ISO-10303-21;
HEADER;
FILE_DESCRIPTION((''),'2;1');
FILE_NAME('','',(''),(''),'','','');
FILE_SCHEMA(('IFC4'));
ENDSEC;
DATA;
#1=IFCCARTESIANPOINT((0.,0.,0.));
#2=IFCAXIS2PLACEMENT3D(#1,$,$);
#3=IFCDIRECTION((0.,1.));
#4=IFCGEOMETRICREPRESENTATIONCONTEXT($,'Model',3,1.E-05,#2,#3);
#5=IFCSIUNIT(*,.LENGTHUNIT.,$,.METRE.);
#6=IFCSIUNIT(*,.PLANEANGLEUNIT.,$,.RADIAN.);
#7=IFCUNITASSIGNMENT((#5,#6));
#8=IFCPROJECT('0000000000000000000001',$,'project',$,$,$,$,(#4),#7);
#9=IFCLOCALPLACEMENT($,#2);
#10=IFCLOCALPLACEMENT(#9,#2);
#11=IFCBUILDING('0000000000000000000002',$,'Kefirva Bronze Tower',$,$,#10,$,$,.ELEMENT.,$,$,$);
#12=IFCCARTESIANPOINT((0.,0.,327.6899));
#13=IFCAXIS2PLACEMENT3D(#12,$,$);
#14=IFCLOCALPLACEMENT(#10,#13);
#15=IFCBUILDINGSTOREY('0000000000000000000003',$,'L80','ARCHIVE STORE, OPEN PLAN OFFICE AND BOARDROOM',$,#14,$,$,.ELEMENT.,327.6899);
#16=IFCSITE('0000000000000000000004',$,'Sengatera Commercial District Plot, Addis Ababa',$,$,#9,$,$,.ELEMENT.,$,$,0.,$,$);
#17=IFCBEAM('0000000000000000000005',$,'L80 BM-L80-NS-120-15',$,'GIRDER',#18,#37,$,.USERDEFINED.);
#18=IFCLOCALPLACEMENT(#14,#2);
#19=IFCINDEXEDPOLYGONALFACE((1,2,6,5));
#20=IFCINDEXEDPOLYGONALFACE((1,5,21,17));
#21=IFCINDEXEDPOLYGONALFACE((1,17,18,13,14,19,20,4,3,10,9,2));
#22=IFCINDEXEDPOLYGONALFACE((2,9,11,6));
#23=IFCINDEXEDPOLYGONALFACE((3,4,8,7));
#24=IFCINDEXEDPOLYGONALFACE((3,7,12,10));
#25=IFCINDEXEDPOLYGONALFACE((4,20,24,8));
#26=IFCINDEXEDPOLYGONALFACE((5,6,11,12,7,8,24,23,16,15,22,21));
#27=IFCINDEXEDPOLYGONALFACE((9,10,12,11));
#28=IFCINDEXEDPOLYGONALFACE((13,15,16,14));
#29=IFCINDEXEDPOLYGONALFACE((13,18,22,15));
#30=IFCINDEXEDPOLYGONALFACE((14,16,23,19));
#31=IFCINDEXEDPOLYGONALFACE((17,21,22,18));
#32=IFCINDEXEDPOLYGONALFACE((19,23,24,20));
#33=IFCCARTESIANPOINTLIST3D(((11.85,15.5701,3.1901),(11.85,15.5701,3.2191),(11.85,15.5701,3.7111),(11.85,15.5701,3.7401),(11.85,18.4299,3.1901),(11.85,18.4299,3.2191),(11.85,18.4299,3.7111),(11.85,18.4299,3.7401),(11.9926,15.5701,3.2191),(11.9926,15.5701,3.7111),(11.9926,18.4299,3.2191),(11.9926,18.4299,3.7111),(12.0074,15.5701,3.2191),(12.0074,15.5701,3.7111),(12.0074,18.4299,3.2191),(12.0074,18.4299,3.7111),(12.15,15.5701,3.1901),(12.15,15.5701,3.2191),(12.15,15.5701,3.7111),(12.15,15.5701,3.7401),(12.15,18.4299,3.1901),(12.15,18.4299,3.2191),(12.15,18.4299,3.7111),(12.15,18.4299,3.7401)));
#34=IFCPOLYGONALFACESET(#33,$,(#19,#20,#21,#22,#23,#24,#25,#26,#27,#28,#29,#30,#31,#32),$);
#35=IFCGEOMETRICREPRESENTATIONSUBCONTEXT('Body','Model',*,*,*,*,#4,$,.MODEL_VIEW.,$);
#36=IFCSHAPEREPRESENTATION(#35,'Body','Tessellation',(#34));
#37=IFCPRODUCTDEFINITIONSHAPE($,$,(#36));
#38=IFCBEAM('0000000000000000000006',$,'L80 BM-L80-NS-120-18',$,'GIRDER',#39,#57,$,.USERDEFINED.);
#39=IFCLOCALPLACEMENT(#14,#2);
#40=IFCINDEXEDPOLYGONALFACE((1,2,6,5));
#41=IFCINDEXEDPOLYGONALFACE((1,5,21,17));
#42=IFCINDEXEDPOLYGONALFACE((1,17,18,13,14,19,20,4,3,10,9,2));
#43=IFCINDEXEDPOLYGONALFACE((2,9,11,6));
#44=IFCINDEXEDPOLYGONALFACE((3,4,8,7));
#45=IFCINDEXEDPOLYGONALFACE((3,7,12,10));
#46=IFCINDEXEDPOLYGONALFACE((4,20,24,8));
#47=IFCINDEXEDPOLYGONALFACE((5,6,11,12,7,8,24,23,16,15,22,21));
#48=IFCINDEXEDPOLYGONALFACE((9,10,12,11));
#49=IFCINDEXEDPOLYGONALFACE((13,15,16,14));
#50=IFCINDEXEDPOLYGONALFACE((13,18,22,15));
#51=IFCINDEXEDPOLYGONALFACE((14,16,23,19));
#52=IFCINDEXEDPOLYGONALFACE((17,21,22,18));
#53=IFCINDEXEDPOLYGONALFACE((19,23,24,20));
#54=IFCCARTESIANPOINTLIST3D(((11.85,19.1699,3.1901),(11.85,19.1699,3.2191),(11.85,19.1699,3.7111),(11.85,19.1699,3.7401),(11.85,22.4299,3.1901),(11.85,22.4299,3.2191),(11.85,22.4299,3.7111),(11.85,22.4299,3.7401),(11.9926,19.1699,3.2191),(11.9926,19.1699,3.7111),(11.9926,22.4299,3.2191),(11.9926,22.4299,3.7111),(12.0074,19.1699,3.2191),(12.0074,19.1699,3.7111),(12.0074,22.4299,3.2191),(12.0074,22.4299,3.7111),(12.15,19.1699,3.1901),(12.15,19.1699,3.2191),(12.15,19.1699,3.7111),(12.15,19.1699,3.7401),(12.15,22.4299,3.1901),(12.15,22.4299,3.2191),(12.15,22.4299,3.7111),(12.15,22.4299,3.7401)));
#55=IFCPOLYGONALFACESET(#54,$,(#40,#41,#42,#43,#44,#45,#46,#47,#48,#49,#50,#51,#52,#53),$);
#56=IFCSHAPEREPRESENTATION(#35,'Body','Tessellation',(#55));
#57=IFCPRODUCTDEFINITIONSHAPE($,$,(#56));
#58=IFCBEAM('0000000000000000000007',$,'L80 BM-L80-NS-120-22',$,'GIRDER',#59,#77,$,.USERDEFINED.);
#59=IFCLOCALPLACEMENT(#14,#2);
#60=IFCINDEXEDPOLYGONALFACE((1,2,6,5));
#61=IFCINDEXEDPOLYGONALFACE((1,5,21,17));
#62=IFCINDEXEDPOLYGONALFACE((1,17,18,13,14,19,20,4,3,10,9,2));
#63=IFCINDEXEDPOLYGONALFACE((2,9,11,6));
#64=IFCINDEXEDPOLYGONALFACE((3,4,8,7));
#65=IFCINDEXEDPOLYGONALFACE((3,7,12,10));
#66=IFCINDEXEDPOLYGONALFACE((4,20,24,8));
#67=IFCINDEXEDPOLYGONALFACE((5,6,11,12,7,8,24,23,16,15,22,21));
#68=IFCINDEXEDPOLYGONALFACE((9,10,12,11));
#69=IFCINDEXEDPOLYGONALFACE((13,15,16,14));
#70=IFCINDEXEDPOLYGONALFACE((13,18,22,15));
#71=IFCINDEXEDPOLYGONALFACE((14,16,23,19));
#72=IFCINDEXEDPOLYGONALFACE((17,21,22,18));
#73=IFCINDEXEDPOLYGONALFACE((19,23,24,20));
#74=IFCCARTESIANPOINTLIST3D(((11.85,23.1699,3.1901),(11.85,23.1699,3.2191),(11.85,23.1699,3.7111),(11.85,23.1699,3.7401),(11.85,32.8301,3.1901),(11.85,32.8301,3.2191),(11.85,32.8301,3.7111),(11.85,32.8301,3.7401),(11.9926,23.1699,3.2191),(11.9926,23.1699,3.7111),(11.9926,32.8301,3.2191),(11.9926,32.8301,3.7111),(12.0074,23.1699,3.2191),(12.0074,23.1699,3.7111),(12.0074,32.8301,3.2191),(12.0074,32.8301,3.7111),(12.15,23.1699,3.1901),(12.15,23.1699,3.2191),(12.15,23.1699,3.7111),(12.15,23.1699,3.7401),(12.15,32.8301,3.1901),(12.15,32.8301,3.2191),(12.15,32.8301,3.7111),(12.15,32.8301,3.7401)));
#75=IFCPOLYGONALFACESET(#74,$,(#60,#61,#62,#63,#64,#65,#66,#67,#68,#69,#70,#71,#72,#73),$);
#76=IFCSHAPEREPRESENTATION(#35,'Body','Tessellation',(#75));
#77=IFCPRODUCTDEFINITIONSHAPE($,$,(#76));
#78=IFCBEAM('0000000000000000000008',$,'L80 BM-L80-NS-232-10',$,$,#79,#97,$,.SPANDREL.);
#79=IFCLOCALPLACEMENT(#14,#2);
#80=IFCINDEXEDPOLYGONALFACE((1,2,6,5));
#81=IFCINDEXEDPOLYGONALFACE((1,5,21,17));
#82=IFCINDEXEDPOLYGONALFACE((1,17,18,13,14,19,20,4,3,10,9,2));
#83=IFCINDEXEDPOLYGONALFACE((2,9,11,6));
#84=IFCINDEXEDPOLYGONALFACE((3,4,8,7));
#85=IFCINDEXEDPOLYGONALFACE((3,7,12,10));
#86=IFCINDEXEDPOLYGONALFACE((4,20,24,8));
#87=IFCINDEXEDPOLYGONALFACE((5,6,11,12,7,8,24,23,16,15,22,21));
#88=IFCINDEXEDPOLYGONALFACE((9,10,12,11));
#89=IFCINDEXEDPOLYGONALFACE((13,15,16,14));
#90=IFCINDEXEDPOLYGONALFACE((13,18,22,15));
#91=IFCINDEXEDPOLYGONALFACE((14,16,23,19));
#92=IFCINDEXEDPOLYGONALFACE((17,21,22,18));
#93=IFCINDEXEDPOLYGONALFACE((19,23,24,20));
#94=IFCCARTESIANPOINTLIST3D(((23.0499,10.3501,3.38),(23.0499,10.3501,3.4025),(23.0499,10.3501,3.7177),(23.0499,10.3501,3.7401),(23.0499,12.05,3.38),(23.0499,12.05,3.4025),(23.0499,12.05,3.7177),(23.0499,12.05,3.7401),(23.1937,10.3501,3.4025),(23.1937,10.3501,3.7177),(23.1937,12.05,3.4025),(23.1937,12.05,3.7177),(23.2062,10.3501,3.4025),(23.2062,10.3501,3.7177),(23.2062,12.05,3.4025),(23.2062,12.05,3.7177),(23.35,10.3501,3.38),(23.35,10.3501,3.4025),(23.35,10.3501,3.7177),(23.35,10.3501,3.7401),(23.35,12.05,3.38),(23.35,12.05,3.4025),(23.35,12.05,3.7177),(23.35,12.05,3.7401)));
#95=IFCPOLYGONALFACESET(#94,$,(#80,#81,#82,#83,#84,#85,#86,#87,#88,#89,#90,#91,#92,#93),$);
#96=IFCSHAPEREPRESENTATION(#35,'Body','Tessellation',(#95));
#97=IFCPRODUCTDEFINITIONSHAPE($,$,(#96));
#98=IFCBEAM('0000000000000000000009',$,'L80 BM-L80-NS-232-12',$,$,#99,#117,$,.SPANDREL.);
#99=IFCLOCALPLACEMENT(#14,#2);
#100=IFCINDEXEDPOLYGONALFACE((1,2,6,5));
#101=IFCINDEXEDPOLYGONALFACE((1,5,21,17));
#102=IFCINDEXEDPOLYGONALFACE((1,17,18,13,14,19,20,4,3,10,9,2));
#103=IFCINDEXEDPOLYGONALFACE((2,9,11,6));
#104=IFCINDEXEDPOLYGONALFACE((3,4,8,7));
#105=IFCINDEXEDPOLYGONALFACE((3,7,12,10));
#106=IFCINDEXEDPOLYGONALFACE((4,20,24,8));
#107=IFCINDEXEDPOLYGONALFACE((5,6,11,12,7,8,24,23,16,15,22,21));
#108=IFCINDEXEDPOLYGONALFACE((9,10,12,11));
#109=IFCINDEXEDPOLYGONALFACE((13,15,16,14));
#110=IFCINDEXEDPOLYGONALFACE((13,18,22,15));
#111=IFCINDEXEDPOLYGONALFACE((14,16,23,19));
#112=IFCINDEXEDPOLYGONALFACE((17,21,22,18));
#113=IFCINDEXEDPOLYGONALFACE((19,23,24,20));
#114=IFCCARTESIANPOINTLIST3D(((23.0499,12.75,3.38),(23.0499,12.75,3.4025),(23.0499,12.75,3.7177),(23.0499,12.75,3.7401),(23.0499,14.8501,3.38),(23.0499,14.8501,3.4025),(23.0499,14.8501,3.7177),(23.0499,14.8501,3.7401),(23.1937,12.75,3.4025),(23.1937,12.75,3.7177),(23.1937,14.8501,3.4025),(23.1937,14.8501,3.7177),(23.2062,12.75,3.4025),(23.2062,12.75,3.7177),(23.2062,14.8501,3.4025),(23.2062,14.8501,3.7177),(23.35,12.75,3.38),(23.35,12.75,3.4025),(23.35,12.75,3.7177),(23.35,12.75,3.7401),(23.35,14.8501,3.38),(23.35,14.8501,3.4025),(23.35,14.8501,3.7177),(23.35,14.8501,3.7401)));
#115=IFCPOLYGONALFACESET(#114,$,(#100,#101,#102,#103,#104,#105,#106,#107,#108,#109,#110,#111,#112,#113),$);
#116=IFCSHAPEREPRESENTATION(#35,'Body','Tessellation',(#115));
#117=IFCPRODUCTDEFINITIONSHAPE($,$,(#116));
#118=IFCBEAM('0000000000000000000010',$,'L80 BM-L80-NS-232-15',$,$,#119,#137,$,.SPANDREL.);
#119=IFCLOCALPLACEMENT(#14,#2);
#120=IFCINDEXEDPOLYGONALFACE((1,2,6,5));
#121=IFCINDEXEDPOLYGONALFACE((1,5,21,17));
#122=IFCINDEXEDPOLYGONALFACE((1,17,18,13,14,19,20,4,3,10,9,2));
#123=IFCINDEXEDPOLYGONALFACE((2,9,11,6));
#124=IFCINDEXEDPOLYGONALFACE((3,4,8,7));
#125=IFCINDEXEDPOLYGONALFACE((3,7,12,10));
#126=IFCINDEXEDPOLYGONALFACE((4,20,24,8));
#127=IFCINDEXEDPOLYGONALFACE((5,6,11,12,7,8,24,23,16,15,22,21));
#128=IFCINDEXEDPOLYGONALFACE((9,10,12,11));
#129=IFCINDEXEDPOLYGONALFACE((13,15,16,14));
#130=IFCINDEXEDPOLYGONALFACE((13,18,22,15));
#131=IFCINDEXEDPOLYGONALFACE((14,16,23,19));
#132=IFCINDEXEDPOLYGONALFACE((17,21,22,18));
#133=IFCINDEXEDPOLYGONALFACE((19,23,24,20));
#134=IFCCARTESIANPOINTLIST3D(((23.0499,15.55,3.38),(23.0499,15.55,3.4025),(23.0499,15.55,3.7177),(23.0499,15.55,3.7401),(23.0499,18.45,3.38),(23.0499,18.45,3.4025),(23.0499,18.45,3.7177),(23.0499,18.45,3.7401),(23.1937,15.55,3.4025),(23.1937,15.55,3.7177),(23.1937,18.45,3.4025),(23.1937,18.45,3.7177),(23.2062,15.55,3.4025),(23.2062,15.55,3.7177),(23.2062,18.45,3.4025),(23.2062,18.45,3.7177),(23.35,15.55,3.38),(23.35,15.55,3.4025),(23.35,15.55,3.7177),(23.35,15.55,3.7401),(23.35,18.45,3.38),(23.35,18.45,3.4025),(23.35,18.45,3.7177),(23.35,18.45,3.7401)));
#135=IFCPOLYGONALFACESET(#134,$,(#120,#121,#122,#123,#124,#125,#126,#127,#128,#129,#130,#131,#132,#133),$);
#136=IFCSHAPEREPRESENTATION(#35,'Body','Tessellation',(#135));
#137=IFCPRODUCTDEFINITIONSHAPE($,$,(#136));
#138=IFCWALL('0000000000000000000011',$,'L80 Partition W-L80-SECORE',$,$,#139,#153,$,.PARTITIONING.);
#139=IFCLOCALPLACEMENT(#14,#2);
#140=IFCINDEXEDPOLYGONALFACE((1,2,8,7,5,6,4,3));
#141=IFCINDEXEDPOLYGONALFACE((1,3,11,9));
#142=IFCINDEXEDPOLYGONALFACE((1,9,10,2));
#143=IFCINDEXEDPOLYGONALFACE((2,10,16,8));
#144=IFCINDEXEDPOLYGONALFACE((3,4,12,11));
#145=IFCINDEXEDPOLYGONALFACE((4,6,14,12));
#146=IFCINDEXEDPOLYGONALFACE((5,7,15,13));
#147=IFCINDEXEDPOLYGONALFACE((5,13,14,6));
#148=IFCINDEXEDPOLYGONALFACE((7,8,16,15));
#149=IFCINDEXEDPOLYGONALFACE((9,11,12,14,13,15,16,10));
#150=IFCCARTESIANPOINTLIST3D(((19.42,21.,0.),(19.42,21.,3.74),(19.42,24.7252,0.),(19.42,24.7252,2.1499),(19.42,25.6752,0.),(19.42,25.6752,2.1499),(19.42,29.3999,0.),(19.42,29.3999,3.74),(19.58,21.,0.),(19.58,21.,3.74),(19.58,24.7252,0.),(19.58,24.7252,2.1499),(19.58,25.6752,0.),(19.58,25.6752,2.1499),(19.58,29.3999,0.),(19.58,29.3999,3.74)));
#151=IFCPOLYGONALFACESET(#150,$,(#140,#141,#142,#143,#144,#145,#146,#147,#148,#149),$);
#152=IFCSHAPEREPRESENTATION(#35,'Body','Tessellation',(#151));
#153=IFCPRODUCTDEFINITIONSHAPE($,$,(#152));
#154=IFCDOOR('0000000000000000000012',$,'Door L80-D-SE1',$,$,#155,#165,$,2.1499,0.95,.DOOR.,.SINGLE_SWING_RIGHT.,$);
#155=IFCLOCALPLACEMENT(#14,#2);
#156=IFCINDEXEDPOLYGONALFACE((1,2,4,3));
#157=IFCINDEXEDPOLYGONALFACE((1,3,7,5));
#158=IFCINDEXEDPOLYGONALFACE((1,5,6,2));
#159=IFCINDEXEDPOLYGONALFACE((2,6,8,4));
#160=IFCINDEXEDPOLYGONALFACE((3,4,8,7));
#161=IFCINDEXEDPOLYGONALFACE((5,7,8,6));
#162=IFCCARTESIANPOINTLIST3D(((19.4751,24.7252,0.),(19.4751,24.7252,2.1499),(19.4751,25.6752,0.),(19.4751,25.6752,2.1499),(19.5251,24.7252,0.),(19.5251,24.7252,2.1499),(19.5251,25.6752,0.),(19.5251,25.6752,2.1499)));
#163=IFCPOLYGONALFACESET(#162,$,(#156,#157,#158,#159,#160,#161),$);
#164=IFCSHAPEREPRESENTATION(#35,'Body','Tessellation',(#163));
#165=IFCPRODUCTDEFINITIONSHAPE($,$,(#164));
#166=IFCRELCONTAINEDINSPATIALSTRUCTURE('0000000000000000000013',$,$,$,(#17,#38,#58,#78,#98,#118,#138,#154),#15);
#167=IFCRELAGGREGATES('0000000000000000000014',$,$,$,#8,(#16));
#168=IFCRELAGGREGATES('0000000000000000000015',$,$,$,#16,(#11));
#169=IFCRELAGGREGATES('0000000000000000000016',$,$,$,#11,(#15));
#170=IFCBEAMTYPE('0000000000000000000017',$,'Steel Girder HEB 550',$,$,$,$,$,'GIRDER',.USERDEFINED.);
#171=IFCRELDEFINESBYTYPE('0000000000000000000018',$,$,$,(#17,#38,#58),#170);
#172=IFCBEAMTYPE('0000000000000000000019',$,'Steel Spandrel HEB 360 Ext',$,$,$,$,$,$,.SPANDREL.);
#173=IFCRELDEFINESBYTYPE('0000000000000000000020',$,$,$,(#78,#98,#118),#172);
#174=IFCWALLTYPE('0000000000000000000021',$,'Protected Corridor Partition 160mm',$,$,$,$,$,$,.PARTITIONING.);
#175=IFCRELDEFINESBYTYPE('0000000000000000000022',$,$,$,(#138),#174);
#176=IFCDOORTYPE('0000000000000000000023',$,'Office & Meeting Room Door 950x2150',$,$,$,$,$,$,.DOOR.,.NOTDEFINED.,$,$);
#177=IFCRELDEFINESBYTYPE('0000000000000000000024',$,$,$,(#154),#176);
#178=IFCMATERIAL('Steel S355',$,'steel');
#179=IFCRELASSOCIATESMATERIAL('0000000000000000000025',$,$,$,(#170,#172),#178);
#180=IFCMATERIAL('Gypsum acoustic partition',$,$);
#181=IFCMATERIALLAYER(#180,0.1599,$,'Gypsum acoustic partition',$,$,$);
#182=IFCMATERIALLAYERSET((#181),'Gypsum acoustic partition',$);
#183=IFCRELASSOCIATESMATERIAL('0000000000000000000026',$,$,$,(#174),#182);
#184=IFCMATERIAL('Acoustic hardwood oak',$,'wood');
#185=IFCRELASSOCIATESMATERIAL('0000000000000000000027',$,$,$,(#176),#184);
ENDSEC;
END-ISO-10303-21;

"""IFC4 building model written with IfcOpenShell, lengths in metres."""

from ifc_helpers import new_model, si_unit, direction, frame, frame_2d, origin, origin_2d, place, context, subcontext, project, spatial, rectangle, i_section, extrude, material, layer, layer_set, material_profile, profile_set, type_object, element, fill, save


model = new_model("IFC4")

# Units and contexts
model_context = context("Model", 3, precision=1e-05, world=origin(), true_north=direction((0.0, 1.0)))
body_context = subcontext(model_context, "Body", "Model", "MODEL_VIEW")
ifc_project = project(units=[si_unit("LENGTHUNIT", "METRE"), si_unit("PLANEANGLEUNIT", "RADIAN")], contexts=[model_context])

# Site, building, storey
site_placement = place(None, origin())
site = spatial("IfcSite", under=ifc_project, at=site_placement, Name="Sengatera Commercial District Plot, Addis Ababa", CompositionType="ELEMENT", RefElevation=0.0)
building_placement = place(site_placement, origin())
building = spatial("IfcBuilding", under=site, at=building_placement, Name="Kefirva Bronze Tower", CompositionType="ELEMENT")
storey_placement = place(building_placement, frame((0.0, 0.0, 327.6899)))
storey = spatial("IfcBuildingStorey", under=building, at=storey_placement, Name="L80", Description="ARCHIVE STORE, OPEN PLAN OFFICE AND BOARDROOM", CompositionType="ELEMENT", Elevation=327.6899)

# Beams
ifc_material_1 = material(Name="Steel S355", Category="steel")
ifc_material_profile_1 = material_profile(ifc_material_1, i_section(OverallWidth=0.3, OverallDepth=0.55, WebThickness=0.0149, FlangeThickness=0.0291, at=origin_2d()), Name="HEB 550")
ifc_profile_set_1 = profile_set([ifc_material_profile_1], Name="Steel S355")
beam_type_1 = type_object("IfcBeamType", Name="Steel Girder HEB 550", ElementType="GIRDER", PredefinedType="USERDEFINED", material=ifc_profile_set_1)
beam_1_placement = place(storey_placement, frame((12.0, 15.5701, 3.4651), z_axis=(0.0, 1.0, 0.0), x_axis=(-1.0, 0.0, 0.0)))
element("IfcBeam", 1, at=beam_1_placement, inside=storey, type_object=beam_type_1, Name="L80 BM-L80-NS-120-15", ObjectType="GIRDER", PredefinedType="USERDEFINED", context=body_context, shape_type="SweptSolid", body=[
    extrude(i_section(OverallWidth=0.3, OverallDepth=0.55, WebThickness=0.0149, FlangeThickness=0.0291, at=origin_2d()), origin(), (0.0, 0.0, 1.0), 2.8599),
])
beam_2_placement = place(storey_placement, frame((12.0, 19.1699, 3.4651), z_axis=(0.0, 1.0, 0.0), x_axis=(-1.0, 0.0, 0.0)))
element("IfcBeam", 2, at=beam_2_placement, inside=storey, type_object=beam_type_1, Name="L80 BM-L80-NS-120-18", ObjectType="GIRDER", PredefinedType="USERDEFINED", context=body_context, shape_type="SweptSolid", body=[
    extrude(i_section(OverallWidth=0.3, OverallDepth=0.55, WebThickness=0.0149, FlangeThickness=0.0291, at=origin_2d()), origin(), (0.0, 0.0, 1.0), 3.26),
])
beam_3_placement = place(storey_placement, frame((12.0, 23.1699, 3.4651), z_axis=(0.0, 1.0, 0.0), x_axis=(-1.0, 0.0, 0.0)))
element("IfcBeam", 3, at=beam_3_placement, inside=storey, type_object=beam_type_1, Name="L80 BM-L80-NS-120-22", ObjectType="GIRDER", PredefinedType="USERDEFINED", context=body_context, shape_type="SweptSolid", body=[
    extrude(i_section(OverallWidth=0.3, OverallDepth=0.55, WebThickness=0.0149, FlangeThickness=0.0291, at=origin_2d()), origin(), (0.0, 0.0, 1.0), 9.6602),
])
ifc_material_profile_2 = material_profile(ifc_material_1, i_section(OverallWidth=0.3, OverallDepth=0.3601, WebThickness=0.0125, FlangeThickness=0.0225, at=origin_2d()), Name="HEB 360")
ifc_profile_set_2 = profile_set([ifc_material_profile_2], Name="Steel S355")
beam_type_2 = type_object("IfcBeamType", Name="Steel Spandrel HEB 360 Ext", PredefinedType="SPANDREL", material=ifc_profile_set_2)
beam_4_placement = place(storey_placement, frame((23.2, 10.3501, 3.5601), z_axis=(0.0, 1.0, 0.0), x_axis=(-1.0, 0.0, 0.0)))
element("IfcBeam", 4, at=beam_4_placement, inside=storey, type_object=beam_type_2, Name="L80 BM-L80-NS-232-10", PredefinedType="SPANDREL", context=body_context, shape_type="SweptSolid", body=[
    extrude(i_section(OverallWidth=0.3, OverallDepth=0.3601, WebThickness=0.0125, FlangeThickness=0.0225, at=origin_2d()), origin(), (0.0, 0.0, 1.0), 1.7),
])
beam_5_placement = place(storey_placement, frame((23.2, 12.75, 3.5601), z_axis=(0.0, 1.0, 0.0), x_axis=(-1.0, 0.0, 0.0)))
element("IfcBeam", 5, at=beam_5_placement, inside=storey, type_object=beam_type_2, Name="L80 BM-L80-NS-232-12", PredefinedType="SPANDREL", context=body_context, shape_type="SweptSolid", body=[
    extrude(i_section(OverallWidth=0.3, OverallDepth=0.3601, WebThickness=0.0125, FlangeThickness=0.0225, at=origin_2d()), origin(), (0.0, 0.0, 1.0), 2.1001),
])
beam_6_placement = place(storey_placement, frame((23.2, 15.55, 3.5601), z_axis=(0.0, 1.0, 0.0), x_axis=(-1.0, 0.0, 0.0)))
element("IfcBeam", 6, at=beam_6_placement, inside=storey, type_object=beam_type_2, Name="L80 BM-L80-NS-232-15", PredefinedType="SPANDREL", context=body_context, shape_type="SweptSolid", body=[
    extrude(i_section(OverallWidth=0.3, OverallDepth=0.3601, WebThickness=0.0125, FlangeThickness=0.0225, at=origin_2d()), origin(), (0.0, 0.0, 1.0), 2.8999),
])

# Shared definitions
ifc_material_2 = material(Name="Gypsum acoustic partition")
ifc_layer = layer(ifc_material_2, 0.1599, Name="Gypsum acoustic partition")
ifc_layer_set = layer_set([ifc_layer], Name="Gypsum acoustic partition")
wall_type = type_object("IfcWallType", Name="Protected Corridor Partition 160mm", PredefinedType="PARTITIONING", material=ifc_layer_set)
ifc_material_3 = material(Name="Acoustic hardwood oak", Category="wood")
door_type = type_object("IfcDoorType", Name="Office & Meeting Room Door 950x2150", OperationType="NOTDEFINED", PredefinedType="DOOR", material=ifc_material_3)

# Wall, opening, door
wall_1_placement = place(storey_placement, frame((19.5, 21.0, 0.0), z_axis=(0.0, 0.0, 1.0), x_axis=(0.0, 1.0, 0.0)))
wall_1 = element("IfcWall", 7, at=wall_1_placement, inside=storey, type_object=wall_type, Name="L80 Partition W-L80-SECORE", PredefinedType="PARTITIONING", context=body_context, shape_type="SweptSolid", body=[
    extrude(rectangle(XDim=8.3999, YDim=0.1599, at=frame_2d((4.2, 0.0))), origin(), (0.0, 0.0, 1.0), 3.74),
])
opening_1_placement = place(wall_1_placement, frame((3.7251, 0.0, 0.0)))
opening_1 = element("IfcOpeningElement", 8, at=opening_1_placement, cuts=wall_1, PredefinedType="OPENING", context=body_context, shape_type="SweptSolid", body=[
    extrude(rectangle(XDim=0.95, YDim=2.1499, at=frame_2d((0.4751, 1.075))), frame((0.0, 0.0898, 0.0), z_axis=(0.0, -1.0, 0.0), x_axis=(1.0, 0.0, 0.0)), (0.0, 0.0, 1.0), 0.1799),
])
door_1_placement = place(opening_1_placement, origin())
door_1 = element("IfcDoor", 9, at=door_1_placement, inside=storey, type_object=door_type, Name="Door L80-D-SE1", OperationType="SINGLE_SWING_RIGHT", OverallHeight=2.1499, OverallWidth=0.95, PredefinedType="DOOR", context=body_context, shape_type="SweptSolid", body=[
    extrude(rectangle(XDim=0.95, YDim=2.1499, at=frame_2d((0.4751, 1.075))), frame((0.0, 0.0249, 0.0), z_axis=(0.0, -1.0, 0.0), x_axis=(1.0, 0.0, 0.0)), (0.0, 0.0, 1.0), 0.05),
])
fill(opening_1, door_1)

save(model, "model.ifc")
